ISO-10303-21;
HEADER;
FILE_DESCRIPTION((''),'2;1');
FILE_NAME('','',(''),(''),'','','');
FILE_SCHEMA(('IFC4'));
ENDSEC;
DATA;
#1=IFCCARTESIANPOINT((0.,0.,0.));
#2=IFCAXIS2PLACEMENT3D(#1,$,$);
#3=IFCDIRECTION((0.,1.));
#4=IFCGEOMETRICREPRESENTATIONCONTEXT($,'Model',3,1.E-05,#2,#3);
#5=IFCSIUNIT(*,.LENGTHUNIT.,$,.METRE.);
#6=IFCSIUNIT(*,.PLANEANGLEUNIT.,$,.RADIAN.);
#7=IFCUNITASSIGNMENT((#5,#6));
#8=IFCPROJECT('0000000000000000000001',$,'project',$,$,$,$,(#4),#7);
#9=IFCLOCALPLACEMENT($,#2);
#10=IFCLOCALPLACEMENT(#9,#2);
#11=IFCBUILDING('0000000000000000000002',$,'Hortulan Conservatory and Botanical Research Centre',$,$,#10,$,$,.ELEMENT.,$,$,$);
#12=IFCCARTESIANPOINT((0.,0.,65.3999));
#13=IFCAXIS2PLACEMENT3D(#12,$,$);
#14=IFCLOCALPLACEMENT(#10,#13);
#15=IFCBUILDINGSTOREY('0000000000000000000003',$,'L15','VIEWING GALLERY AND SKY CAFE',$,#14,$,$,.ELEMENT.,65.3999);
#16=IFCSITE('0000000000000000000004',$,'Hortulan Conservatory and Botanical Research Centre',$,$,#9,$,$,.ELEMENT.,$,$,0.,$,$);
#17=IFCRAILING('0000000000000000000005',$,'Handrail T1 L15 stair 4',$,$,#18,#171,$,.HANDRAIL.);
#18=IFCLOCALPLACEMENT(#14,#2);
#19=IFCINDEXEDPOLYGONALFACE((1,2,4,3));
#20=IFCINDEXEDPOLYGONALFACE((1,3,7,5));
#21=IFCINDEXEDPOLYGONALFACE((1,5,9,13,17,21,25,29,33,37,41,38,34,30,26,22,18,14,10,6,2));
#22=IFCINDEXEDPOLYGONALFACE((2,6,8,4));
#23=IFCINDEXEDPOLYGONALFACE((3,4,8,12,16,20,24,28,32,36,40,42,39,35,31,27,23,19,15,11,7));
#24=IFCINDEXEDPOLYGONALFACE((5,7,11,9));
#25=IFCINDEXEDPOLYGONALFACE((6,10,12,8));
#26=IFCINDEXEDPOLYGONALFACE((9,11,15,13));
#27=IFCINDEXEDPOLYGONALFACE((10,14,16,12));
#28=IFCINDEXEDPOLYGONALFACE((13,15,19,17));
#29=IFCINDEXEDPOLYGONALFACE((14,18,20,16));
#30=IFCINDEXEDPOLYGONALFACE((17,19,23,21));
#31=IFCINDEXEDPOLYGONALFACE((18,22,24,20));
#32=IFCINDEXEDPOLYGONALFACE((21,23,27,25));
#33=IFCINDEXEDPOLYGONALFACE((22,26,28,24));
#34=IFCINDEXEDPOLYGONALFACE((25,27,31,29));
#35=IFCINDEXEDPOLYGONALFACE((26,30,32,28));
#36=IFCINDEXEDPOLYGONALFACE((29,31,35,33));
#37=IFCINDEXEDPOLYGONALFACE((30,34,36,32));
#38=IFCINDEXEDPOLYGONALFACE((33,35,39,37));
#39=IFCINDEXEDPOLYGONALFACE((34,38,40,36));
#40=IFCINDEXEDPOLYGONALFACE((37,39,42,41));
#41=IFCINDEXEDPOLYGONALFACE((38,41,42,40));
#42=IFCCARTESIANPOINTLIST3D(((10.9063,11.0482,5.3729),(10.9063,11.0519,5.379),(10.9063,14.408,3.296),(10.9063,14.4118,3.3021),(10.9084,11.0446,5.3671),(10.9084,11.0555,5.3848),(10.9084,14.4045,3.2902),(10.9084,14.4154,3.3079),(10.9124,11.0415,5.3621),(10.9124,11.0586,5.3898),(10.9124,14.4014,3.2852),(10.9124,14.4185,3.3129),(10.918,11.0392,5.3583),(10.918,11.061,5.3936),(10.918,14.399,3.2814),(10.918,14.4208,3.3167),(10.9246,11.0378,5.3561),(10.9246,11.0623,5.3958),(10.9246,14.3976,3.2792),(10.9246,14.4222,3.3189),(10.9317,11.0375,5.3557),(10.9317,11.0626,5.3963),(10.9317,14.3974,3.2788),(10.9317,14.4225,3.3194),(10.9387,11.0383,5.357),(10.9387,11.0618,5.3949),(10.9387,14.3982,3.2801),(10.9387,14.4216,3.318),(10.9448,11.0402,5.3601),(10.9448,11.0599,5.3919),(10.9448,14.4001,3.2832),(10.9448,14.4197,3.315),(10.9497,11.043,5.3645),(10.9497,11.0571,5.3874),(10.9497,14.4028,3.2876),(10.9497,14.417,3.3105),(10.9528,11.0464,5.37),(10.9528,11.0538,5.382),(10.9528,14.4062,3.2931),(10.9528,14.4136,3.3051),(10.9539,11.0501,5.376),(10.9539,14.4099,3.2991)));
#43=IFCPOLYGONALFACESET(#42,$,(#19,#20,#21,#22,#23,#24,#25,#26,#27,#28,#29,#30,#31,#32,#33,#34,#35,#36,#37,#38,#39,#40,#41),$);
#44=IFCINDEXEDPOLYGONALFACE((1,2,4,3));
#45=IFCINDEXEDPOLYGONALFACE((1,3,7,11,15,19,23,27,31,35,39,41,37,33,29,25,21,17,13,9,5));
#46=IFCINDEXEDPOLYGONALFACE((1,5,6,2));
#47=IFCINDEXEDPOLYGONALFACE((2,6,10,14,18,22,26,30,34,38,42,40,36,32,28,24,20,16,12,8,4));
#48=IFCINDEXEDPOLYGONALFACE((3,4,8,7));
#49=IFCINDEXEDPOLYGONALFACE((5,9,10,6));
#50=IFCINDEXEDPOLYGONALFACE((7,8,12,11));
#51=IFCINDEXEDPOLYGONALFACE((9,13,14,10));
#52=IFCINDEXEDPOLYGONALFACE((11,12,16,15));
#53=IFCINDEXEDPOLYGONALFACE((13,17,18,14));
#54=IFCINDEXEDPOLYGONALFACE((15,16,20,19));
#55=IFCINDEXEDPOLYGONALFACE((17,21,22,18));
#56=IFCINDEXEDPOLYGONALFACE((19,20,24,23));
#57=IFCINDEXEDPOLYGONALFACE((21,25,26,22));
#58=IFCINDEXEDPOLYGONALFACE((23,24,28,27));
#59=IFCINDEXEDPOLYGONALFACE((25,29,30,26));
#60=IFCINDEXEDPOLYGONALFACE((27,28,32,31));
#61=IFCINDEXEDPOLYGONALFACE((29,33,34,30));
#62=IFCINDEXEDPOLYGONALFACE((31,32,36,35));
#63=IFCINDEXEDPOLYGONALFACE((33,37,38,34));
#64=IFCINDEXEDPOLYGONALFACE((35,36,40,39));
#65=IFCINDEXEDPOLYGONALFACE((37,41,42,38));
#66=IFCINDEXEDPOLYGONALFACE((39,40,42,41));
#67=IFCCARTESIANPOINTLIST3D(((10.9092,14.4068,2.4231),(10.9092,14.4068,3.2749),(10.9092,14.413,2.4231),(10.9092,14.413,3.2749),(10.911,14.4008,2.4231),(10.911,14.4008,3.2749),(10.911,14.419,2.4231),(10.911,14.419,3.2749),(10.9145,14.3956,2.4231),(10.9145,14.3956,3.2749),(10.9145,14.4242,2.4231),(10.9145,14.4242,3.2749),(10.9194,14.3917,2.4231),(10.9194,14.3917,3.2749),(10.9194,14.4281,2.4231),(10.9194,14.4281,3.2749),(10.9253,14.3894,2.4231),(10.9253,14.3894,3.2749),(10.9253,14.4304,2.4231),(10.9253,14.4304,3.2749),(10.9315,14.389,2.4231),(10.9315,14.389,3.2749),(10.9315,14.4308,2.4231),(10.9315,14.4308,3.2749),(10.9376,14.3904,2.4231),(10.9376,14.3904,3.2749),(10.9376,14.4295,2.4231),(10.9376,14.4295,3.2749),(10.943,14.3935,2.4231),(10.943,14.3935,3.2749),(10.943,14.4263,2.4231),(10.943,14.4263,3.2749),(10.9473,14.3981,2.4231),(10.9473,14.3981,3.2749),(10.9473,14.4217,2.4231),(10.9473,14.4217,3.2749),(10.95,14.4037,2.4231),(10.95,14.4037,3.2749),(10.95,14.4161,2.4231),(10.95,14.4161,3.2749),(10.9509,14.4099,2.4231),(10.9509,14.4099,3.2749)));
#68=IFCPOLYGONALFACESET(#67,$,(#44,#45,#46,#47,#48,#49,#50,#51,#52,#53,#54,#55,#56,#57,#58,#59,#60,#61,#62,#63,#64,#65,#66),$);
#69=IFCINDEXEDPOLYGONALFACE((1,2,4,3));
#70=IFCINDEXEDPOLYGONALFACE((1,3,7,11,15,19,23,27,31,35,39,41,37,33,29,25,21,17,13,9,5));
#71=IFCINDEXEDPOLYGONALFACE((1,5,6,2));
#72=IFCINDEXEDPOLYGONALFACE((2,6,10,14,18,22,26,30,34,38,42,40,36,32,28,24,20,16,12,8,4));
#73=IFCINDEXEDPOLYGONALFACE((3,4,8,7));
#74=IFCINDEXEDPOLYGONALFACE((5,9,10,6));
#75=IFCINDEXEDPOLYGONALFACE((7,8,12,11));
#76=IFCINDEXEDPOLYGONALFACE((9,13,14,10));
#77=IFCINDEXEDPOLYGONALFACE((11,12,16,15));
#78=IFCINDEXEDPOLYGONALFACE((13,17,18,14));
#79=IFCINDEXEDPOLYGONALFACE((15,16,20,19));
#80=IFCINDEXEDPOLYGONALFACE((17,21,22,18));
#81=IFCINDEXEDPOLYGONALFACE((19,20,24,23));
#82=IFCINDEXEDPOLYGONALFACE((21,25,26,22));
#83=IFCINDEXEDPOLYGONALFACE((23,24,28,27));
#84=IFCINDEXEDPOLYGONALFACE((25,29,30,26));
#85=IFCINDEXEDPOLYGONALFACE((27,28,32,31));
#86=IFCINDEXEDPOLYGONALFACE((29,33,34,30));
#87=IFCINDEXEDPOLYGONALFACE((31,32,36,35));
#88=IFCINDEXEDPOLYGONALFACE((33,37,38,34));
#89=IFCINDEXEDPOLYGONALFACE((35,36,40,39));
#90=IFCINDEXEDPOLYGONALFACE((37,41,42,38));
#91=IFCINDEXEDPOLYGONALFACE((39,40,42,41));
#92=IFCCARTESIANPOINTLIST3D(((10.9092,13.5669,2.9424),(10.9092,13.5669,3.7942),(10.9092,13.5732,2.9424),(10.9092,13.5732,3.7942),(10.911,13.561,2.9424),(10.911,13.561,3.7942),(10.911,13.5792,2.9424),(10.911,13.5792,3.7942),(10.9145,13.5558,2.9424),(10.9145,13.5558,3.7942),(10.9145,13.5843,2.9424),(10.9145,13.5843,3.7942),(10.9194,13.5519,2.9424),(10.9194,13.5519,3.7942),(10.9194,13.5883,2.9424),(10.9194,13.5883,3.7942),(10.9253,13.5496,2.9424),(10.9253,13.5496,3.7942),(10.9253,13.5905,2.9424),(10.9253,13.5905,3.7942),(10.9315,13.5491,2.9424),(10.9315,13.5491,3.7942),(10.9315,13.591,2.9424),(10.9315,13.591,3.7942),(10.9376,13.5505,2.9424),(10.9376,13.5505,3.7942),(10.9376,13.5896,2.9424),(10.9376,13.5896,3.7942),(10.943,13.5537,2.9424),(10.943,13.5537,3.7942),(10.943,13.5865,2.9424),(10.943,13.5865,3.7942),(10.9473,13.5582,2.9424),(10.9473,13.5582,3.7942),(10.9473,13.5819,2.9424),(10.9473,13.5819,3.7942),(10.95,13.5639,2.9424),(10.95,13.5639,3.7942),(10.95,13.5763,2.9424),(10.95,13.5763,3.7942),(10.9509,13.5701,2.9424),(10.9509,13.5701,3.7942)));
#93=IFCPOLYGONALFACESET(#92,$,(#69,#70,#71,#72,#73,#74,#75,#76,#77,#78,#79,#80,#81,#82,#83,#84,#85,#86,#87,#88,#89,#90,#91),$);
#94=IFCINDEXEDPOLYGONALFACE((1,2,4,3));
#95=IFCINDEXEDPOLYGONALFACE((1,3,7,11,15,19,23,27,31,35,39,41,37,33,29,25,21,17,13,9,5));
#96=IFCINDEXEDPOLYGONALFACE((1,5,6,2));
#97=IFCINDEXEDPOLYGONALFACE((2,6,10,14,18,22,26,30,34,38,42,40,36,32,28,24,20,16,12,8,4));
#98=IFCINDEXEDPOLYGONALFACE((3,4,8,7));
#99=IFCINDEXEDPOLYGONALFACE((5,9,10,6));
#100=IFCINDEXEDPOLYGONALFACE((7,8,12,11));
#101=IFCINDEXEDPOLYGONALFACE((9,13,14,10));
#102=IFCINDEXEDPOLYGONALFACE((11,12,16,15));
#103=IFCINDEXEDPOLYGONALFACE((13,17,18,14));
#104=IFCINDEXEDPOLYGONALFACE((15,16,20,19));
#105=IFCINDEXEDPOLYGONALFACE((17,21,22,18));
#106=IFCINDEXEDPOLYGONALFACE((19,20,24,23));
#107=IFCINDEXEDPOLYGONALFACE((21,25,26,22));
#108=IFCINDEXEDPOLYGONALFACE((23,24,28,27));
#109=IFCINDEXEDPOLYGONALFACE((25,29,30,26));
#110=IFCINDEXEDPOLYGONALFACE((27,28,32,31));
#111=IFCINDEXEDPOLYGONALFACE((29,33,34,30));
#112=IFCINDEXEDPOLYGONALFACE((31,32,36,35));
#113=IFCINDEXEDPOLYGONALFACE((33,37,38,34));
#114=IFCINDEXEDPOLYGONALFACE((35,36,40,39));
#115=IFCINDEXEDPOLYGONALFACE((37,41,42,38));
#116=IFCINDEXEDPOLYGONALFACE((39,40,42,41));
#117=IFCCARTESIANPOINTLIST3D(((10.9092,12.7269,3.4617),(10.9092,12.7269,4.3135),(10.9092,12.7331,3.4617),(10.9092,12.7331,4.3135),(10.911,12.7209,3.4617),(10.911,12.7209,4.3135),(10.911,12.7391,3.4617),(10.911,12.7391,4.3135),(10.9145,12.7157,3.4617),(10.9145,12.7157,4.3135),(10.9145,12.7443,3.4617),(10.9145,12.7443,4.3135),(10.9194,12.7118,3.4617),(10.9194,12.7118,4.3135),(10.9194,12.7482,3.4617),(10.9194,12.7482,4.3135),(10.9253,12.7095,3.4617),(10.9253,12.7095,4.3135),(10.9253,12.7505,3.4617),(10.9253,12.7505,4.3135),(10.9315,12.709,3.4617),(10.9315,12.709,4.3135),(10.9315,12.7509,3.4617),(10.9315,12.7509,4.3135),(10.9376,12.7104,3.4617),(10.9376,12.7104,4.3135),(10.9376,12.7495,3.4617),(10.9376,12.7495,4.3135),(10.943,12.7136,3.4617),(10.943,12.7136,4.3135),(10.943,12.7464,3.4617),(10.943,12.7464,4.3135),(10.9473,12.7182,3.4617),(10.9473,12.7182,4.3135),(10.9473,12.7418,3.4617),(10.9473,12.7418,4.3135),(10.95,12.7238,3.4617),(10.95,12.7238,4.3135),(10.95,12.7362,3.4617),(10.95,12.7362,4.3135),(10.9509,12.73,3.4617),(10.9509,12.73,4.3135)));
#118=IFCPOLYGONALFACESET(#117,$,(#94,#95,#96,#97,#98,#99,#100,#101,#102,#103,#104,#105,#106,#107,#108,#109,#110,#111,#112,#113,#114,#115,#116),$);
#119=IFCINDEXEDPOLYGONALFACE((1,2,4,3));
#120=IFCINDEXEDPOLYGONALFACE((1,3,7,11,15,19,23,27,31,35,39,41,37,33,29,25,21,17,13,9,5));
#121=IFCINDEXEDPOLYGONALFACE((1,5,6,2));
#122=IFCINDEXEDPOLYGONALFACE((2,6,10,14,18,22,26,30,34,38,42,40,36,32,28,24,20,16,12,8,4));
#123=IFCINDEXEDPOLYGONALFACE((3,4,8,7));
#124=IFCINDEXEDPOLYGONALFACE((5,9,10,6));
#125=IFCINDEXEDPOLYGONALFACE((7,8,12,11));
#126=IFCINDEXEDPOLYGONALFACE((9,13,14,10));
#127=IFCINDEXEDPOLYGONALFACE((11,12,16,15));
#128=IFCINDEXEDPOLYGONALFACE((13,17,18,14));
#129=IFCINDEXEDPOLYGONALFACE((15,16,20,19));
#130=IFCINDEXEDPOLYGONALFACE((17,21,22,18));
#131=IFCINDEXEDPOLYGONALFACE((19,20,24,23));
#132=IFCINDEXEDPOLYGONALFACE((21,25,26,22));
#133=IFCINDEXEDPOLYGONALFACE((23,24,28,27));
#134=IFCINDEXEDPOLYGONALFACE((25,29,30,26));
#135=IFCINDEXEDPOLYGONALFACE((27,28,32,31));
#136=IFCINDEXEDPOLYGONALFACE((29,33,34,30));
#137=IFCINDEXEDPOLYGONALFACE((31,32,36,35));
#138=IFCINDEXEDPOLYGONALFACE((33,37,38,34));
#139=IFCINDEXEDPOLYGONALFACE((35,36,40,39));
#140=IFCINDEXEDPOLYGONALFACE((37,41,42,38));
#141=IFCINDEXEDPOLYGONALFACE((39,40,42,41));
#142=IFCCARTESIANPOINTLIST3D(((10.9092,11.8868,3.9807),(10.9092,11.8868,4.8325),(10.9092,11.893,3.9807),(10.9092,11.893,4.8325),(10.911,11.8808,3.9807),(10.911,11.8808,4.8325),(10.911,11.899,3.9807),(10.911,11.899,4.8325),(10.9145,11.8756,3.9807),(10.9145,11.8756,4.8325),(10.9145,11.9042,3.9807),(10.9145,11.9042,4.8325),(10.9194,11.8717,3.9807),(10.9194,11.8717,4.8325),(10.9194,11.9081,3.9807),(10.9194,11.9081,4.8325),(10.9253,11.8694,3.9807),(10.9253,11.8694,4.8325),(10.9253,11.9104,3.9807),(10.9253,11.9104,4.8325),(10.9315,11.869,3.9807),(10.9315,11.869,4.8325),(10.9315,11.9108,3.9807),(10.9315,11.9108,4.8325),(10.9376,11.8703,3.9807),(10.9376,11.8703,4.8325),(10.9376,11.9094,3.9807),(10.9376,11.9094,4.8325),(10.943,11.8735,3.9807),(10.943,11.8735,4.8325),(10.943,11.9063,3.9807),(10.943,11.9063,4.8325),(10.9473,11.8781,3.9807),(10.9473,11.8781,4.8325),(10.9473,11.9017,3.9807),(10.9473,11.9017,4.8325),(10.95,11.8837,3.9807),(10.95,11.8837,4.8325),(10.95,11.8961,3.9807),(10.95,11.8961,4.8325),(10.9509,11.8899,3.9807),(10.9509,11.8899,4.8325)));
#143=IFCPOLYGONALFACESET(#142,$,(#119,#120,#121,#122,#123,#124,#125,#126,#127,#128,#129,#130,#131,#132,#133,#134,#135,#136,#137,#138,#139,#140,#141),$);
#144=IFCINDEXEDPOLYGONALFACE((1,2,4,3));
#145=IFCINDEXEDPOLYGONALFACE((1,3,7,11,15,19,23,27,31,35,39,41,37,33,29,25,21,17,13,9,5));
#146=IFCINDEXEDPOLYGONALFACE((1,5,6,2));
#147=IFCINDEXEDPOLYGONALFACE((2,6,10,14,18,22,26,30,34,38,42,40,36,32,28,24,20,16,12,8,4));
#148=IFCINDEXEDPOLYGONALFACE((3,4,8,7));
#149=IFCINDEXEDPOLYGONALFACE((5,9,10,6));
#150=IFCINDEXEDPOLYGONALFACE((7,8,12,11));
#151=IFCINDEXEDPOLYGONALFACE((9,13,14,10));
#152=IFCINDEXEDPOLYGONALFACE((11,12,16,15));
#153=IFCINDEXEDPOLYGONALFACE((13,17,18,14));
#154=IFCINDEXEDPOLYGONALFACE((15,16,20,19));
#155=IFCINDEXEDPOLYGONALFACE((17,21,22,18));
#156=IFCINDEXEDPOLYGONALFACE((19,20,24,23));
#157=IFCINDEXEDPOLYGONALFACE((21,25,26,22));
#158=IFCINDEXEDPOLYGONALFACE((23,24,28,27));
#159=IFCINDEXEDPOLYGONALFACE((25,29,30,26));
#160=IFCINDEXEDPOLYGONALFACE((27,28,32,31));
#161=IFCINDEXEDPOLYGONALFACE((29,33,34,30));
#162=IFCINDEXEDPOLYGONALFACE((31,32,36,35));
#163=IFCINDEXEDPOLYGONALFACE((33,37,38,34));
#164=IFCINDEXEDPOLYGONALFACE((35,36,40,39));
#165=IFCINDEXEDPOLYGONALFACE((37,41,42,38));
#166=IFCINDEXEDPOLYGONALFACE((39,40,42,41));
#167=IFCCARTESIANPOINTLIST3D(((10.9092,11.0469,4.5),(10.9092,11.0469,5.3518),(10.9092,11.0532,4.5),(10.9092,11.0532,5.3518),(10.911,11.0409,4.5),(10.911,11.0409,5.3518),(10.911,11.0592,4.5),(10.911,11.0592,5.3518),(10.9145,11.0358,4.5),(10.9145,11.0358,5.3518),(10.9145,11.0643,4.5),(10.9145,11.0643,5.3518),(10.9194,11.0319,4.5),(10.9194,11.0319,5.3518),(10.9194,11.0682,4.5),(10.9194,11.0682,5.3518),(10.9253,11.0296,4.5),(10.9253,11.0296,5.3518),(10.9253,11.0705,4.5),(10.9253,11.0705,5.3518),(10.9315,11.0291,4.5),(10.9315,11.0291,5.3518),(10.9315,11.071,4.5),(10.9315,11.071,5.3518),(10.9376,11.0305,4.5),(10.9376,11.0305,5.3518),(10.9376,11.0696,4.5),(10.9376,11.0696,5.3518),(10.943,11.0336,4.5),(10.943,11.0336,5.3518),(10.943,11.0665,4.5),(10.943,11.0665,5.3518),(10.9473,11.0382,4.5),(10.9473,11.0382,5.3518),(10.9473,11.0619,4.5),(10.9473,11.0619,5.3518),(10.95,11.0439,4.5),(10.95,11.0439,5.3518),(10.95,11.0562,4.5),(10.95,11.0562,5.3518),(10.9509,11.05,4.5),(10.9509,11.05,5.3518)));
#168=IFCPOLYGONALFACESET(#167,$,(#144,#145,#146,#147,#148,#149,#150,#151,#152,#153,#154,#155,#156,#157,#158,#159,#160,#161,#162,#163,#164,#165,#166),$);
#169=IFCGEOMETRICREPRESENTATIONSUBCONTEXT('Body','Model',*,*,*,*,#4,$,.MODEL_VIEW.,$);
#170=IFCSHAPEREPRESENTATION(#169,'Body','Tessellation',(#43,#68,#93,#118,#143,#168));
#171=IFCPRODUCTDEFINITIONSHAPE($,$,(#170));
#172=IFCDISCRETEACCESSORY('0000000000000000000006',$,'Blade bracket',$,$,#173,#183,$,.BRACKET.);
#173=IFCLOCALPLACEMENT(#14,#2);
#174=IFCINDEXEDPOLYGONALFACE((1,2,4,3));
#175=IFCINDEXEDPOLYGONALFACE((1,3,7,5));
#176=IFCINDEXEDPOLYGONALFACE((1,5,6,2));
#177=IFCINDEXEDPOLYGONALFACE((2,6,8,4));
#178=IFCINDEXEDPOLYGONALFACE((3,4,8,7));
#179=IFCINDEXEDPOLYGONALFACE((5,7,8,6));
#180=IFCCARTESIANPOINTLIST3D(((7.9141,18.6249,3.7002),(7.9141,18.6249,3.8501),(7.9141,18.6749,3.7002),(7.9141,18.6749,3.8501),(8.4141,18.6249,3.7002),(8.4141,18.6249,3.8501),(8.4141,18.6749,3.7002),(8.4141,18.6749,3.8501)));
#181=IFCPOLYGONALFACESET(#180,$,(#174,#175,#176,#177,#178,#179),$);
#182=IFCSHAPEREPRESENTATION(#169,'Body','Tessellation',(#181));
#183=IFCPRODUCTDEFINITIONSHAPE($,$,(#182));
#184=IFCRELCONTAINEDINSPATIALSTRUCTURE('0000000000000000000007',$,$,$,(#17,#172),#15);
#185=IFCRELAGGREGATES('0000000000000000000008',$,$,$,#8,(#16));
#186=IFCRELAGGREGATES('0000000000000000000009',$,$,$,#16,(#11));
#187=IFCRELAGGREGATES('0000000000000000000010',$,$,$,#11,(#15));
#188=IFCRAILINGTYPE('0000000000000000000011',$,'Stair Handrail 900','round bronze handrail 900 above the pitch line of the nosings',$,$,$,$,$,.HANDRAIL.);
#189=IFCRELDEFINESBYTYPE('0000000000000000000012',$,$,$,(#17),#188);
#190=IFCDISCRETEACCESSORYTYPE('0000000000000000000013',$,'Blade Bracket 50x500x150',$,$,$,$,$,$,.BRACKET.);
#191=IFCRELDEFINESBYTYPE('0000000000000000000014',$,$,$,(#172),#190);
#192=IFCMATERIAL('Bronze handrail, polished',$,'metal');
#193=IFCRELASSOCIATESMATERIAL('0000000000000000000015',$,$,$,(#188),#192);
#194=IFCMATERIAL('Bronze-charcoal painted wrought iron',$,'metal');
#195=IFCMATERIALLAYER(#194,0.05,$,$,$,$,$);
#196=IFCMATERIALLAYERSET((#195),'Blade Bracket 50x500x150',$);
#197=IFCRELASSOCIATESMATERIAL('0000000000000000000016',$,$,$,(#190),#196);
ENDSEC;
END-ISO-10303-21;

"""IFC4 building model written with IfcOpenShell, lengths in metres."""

from ifc_helpers import new_model, si_unit, direction, frame, origin, origin_2d, place, context, subcontext, project, spatial, rectangle, circle, extrude, material, layer, layer_set, type_object, element, save


model = new_model("IFC4")

# Units and contexts
model_context = context("Model", 3, precision=1e-05, world=origin(), true_north=direction((0.0, 1.0)))
body_context = subcontext(model_context, "Body", "Model", "MODEL_VIEW")
ifc_project = project(units=[si_unit("LENGTHUNIT", "METRE"), si_unit("PLANEANGLEUNIT", "RADIAN")], contexts=[model_context])

# Site, building, storey
site_placement = place(None, origin())
site = spatial("IfcSite", under=ifc_project, at=site_placement, Name="Hortulan Conservatory and Botanical Research Centre", CompositionType="ELEMENT", RefElevation=0.0)
building_placement = place(site_placement, origin())
building = spatial("IfcBuilding", under=site, at=building_placement, Name="Hortulan Conservatory and Botanical Research Centre", CompositionType="ELEMENT")
storey_placement = place(building_placement, frame((0.0, 0.0, 65.3999)))
storey = spatial("IfcBuildingStorey", under=building, at=storey_placement, Name="L15", Description="VIEWING GALLERY AND SKY CAFE", CompositionType="ELEMENT", Elevation=65.3999)

# Railing
ifc_material_1 = material(Name="Bronze handrail, polished", Category="metal")
railing_type_1 = type_object("IfcRailingType", Name="Stair Handrail 900", Description="round bronze handrail 900 above the pitch line of the nosings", PredefinedType="HANDRAIL", material=ifc_material_1)
for number, where, name in (
    (1, (10.9299, 14.4099, 2.4231), "Handrail T1 L15 stair 4"),
):
    element("IfcRailing", number, at=place(storey_placement, frame(where)), inside=storey, type_object=railing_type_1, Name=name, PredefinedType="HANDRAIL", context=body_context, shape_type="SweptSolid", body=[
        extrude(circle(Radius=0.0239, at=origin_2d()), frame((0.0, 0.0, 0.876), z_axis=(0.0, -0.850606, 0.525803), x_axis=(1.0, 0.0, 0.0)), (0.0, 0.0, 1.0), 3.95),
        extrude(circle(Radius=0.021, at=origin_2d()), origin(), (0.0, 0.0, 1.0), 0.8518),
        extrude(circle(Radius=0.021, at=origin_2d()), frame((0.0, -0.8398, 0.5193)), (0.0, 0.0, 1.0), 0.8518),
        extrude(circle(Radius=0.021, at=origin_2d()), frame((0.0, -1.6799, 1.0386)), (0.0, 0.0, 1.0), 0.8518),
        extrude(circle(Radius=0.021, at=origin_2d()), frame((0.0, -2.52, 1.5576)), (0.0, 0.0, 1.0), 0.8518),
        extrude(circle(Radius=0.021, at=origin_2d()), frame((0.0, -3.3599, 2.0769)), (0.0, 0.0, 1.0), 0.8518),
    ])

# Discrete accessory
ifc_material_2 = material(Name="Bronze-charcoal painted wrought iron", Category="metal")
ifc_layer_1 = layer(ifc_material_2, 0.05)
ifc_layer_set_1 = layer_set([ifc_layer_1], Name="Blade Bracket 50x500x150")
discrete_accessory_type = type_object("IfcDiscreteAccessoryType", Name="Blade Bracket 50x500x150", PredefinedType="BRACKET", material=ifc_layer_set_1)
discrete_accessory_placement = place(storey_placement, frame((8.1641, 18.6499, 3.7002), z_axis=(0.0, 0.0, 1.0), x_axis=(0.0, 1.0, 0.0)))
element("IfcDiscreteAccessory", 2, at=discrete_accessory_placement, inside=storey, type_object=discrete_accessory_type, Name="Blade bracket", PredefinedType="BRACKET", context=body_context, shape_type="SweptSolid", body=[
    extrude(rectangle(XDim=0.05, YDim=0.5, at=origin_2d()), origin(), (0.0, 0.0, 1.0), 0.1499),
])

save(model, "model.ifc")
